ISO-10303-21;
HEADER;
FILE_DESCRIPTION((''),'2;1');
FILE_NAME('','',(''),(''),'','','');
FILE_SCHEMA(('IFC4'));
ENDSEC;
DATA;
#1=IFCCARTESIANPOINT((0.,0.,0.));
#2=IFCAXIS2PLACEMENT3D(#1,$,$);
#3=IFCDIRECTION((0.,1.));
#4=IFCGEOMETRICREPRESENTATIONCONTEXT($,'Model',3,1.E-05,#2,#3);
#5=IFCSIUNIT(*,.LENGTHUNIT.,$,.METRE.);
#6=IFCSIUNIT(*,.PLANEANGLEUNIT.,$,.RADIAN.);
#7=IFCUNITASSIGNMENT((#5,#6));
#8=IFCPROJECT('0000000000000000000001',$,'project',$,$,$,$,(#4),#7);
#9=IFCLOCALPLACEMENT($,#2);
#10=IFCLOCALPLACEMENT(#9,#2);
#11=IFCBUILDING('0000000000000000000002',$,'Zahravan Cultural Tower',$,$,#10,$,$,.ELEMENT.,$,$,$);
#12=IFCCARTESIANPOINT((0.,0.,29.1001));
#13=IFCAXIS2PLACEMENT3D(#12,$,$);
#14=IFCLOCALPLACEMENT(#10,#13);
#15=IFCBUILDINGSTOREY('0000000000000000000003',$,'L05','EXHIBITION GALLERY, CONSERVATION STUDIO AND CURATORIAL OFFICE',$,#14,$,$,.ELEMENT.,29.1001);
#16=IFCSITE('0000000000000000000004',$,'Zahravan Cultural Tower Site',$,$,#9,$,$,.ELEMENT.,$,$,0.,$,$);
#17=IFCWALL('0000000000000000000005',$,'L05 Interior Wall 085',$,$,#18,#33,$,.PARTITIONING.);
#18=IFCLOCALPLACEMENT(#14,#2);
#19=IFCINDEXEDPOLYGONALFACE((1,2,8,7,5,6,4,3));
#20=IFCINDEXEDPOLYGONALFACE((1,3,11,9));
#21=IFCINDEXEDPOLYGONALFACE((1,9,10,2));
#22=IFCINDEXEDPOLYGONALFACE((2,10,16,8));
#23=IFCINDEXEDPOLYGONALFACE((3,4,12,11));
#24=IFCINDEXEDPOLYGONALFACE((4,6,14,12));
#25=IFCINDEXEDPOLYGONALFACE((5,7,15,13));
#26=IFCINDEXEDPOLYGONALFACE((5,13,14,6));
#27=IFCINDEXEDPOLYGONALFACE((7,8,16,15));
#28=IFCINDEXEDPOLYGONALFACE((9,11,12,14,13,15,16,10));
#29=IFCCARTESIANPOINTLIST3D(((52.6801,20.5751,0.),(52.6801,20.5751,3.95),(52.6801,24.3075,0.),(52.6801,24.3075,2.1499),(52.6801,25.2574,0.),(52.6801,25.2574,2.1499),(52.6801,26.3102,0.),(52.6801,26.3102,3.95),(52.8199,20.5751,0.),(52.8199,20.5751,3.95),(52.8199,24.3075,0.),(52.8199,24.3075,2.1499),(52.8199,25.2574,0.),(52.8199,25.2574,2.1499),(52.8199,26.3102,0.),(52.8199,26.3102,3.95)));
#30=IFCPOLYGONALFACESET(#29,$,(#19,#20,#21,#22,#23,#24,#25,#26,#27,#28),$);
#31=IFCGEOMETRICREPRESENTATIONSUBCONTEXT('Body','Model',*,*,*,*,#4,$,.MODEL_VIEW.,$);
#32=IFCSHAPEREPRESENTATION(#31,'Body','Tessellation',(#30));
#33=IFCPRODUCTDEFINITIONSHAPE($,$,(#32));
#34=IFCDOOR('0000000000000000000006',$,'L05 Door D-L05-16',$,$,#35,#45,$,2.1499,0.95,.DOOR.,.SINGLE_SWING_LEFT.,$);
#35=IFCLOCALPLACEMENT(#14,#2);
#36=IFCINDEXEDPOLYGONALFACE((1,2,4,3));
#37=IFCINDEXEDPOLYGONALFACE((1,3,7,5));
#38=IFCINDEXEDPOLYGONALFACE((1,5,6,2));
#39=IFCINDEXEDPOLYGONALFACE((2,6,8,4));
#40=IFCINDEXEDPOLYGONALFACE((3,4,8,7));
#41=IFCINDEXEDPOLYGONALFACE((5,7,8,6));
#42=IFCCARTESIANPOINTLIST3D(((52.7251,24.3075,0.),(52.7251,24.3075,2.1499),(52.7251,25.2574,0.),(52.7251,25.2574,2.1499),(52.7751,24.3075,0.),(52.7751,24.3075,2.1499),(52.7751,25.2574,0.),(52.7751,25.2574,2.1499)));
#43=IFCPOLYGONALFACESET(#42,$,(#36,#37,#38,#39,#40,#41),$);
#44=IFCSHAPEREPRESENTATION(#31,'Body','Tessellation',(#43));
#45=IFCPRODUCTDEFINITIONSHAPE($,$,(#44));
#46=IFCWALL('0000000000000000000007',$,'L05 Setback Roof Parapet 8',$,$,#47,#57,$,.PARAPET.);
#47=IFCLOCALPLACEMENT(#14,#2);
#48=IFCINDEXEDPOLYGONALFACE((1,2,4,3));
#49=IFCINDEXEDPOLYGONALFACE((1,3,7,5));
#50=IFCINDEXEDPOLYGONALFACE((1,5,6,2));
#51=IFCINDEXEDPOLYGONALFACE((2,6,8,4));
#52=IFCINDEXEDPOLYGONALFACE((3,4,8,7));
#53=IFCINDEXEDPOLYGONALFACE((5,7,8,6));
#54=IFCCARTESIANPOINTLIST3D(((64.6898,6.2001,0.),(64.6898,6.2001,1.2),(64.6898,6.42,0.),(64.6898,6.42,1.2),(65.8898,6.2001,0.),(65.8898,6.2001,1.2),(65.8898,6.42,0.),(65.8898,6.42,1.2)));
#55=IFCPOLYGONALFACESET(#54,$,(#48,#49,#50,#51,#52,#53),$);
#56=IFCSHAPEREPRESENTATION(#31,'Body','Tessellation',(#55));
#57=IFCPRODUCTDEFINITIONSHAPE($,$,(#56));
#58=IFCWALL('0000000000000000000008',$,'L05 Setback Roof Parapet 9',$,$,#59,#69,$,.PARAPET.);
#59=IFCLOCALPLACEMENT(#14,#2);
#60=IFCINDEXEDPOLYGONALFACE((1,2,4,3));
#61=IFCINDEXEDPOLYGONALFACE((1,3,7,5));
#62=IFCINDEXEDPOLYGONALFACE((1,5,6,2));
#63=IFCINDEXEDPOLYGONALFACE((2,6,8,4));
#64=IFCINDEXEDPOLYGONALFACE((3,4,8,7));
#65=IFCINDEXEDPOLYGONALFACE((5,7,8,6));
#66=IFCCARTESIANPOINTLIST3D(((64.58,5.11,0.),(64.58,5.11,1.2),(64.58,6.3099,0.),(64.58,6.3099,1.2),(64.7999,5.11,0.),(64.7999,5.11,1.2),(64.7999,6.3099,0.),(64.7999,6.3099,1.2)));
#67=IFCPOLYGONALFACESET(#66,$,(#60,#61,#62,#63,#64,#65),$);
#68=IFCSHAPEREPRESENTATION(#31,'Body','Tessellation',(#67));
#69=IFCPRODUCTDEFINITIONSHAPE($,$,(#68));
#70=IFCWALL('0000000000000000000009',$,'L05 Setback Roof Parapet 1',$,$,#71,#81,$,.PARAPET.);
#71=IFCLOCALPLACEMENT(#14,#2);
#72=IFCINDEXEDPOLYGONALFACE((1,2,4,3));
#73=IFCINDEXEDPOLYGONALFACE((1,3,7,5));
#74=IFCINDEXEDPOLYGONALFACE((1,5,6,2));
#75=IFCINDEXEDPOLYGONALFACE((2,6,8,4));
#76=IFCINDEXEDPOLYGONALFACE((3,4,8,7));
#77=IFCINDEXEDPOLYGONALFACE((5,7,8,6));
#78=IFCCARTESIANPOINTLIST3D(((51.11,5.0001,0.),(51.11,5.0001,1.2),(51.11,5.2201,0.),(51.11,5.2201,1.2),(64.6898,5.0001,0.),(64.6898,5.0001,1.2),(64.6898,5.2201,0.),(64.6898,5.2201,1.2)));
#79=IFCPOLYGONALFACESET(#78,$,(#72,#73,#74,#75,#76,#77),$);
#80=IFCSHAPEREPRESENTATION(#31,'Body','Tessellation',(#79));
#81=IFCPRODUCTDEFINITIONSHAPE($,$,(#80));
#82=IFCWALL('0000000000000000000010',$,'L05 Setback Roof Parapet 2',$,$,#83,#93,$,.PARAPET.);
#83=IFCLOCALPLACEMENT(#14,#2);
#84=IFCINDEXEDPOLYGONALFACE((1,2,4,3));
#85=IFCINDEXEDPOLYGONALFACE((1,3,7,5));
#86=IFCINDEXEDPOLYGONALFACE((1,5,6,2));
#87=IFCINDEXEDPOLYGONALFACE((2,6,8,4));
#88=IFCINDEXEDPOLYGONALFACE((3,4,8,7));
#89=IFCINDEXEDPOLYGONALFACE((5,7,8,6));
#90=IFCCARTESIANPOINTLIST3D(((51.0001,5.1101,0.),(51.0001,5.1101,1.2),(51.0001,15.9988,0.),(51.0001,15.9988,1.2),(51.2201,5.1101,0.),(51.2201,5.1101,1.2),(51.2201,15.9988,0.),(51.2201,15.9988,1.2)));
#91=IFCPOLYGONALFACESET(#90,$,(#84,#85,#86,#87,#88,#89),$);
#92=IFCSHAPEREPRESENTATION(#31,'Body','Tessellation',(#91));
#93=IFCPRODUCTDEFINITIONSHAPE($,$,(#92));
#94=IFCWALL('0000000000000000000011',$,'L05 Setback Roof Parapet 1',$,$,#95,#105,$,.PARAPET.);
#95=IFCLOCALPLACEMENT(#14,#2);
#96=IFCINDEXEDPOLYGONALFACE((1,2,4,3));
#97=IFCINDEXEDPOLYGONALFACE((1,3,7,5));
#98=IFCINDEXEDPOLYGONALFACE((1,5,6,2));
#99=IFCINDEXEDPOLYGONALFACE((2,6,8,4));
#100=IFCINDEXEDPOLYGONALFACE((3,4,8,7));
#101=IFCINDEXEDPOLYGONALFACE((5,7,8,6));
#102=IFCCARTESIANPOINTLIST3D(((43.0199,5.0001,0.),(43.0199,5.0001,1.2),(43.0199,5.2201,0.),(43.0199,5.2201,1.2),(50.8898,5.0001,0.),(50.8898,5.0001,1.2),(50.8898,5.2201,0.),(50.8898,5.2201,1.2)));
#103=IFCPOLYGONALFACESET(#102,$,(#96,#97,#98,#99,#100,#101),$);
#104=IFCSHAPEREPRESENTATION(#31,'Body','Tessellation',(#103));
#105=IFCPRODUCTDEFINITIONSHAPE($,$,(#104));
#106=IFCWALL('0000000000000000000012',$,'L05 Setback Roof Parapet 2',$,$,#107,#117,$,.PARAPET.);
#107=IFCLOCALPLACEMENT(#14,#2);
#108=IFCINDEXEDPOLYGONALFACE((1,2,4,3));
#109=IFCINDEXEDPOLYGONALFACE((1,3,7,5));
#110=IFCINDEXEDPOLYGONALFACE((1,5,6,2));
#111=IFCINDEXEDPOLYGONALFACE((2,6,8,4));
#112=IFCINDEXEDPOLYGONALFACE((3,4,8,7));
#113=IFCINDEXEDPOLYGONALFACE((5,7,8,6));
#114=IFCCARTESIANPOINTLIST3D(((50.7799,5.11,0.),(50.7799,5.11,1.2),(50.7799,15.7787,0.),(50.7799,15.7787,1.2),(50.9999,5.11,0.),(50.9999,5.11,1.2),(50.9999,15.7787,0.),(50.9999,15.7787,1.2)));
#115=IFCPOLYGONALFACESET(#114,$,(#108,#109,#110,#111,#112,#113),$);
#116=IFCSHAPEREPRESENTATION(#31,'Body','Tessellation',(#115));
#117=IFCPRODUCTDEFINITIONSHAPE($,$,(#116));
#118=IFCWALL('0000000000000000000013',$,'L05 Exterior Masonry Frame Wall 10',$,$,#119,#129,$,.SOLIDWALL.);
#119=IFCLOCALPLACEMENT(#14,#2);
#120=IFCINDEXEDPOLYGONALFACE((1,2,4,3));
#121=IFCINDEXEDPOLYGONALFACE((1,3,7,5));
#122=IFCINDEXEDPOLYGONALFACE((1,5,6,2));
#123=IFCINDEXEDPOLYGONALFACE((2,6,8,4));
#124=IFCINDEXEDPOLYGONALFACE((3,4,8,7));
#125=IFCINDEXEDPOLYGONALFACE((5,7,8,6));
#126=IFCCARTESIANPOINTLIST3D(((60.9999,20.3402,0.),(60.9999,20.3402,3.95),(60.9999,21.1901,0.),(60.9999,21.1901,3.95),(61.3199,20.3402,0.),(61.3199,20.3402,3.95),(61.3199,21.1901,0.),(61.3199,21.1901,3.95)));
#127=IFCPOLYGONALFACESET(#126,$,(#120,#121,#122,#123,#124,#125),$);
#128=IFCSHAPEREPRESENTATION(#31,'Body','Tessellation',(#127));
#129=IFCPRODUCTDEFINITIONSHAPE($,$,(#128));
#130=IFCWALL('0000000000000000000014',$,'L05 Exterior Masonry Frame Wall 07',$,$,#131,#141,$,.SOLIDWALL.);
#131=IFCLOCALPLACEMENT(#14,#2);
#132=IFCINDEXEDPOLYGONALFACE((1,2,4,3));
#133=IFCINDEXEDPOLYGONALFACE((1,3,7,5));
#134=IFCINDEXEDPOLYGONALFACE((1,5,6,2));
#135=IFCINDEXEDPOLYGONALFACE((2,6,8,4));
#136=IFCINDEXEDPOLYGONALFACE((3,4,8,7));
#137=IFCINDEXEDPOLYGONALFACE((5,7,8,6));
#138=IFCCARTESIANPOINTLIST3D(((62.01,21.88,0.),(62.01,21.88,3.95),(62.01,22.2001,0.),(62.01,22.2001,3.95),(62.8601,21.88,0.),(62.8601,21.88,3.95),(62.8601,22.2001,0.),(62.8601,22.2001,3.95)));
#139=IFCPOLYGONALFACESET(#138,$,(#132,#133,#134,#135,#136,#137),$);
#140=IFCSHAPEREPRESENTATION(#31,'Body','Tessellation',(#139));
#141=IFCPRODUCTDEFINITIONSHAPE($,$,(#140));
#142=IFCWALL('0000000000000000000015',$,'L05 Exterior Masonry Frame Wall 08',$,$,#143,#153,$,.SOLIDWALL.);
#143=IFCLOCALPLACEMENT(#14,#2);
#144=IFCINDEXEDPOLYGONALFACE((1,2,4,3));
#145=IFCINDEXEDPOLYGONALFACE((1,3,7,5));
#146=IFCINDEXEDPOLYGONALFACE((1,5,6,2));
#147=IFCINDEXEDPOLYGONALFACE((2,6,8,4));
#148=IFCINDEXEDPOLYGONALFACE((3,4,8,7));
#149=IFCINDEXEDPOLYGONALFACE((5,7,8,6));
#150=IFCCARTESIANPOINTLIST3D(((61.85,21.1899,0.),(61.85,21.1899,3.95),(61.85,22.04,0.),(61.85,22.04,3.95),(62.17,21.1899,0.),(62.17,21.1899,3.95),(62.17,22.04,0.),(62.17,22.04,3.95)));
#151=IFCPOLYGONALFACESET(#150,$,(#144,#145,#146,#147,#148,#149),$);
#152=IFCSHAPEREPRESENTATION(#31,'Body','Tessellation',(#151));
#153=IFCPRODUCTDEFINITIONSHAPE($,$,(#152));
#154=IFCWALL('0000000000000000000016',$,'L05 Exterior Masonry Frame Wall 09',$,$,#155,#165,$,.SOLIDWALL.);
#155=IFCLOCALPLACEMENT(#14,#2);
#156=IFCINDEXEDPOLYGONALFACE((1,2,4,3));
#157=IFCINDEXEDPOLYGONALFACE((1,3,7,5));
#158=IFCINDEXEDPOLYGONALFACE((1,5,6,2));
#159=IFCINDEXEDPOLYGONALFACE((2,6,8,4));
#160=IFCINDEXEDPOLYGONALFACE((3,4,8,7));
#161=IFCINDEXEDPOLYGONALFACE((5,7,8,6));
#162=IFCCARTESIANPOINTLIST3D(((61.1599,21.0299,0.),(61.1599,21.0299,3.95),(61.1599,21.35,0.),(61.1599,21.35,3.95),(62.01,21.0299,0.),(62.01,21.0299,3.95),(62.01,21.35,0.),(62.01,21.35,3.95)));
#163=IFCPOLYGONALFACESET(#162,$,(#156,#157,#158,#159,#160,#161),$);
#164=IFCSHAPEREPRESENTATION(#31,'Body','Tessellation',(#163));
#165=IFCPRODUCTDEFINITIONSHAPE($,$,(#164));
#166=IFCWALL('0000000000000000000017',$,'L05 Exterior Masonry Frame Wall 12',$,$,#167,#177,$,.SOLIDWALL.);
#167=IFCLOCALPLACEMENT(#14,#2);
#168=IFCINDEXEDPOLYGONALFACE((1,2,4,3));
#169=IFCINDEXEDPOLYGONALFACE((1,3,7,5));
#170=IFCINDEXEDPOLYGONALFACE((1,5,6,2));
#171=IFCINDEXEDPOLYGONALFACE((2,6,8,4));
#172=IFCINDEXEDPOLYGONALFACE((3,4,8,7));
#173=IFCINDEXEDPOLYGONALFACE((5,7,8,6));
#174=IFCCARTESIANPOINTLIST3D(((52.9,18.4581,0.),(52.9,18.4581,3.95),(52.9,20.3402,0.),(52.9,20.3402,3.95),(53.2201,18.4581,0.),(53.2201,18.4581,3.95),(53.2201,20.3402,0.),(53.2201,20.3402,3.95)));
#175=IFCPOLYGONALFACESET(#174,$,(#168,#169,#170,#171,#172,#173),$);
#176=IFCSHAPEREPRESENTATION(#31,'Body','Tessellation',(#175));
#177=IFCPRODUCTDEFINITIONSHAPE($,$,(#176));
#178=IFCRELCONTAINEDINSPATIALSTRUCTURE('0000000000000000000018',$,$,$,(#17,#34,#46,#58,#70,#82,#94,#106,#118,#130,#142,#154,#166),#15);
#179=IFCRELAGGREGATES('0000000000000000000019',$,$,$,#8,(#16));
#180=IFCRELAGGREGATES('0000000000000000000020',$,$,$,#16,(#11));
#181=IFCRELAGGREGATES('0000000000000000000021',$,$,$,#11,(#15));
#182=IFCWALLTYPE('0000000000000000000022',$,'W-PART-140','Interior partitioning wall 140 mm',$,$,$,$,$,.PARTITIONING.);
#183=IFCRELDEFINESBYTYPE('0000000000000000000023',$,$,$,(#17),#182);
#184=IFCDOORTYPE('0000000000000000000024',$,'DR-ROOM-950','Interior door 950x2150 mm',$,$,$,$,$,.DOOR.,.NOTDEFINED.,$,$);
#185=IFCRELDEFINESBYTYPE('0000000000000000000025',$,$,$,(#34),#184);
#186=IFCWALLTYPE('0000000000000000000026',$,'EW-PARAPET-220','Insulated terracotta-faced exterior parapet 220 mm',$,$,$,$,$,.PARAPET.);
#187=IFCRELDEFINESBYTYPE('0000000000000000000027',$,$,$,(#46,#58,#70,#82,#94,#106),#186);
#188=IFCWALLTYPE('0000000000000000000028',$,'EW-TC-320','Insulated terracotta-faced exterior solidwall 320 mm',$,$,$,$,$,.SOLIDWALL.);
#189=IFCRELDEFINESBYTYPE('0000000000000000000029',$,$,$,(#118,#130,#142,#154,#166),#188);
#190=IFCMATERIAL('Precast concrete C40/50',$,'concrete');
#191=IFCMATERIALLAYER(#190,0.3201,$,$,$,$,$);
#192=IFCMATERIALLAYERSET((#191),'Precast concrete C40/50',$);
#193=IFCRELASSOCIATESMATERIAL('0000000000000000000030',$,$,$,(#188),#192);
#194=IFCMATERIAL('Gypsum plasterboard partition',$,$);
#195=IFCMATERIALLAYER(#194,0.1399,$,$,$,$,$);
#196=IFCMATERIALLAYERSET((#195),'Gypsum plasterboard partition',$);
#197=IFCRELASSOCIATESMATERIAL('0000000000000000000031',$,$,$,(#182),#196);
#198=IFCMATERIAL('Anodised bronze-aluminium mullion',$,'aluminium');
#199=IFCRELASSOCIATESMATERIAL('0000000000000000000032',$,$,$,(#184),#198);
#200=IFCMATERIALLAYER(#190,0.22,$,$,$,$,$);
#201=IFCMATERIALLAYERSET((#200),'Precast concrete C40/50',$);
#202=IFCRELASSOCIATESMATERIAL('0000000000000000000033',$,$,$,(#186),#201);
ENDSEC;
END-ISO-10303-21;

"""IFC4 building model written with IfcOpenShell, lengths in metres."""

from ifc_helpers import new_model, si_unit, direction, frame, frame_2d, origin, place, context, subcontext, project, spatial, rectangle, extrude, source, transform, mapped, material, layer, layer_set, type_object, element, fill, save


model = new_model("IFC4")

# Units and contexts
model_context = context("Model", 3, precision=1e-05, world=origin(), true_north=direction((0.0, 1.0)))
body_context = subcontext(model_context, "Body", "Model", "MODEL_VIEW")
ifc_project = project(units=[si_unit("LENGTHUNIT", "METRE"), si_unit("PLANEANGLEUNIT", "RADIAN")], contexts=[model_context])

# Site, building, storey
site_placement = place(None, origin())
site = spatial("IfcSite", under=ifc_project, at=site_placement, Name="Zahravan Cultural Tower Site", CompositionType="ELEMENT", RefElevation=0.0)
building_placement = place(site_placement, origin())
building = spatial("IfcBuilding", under=site, at=building_placement, Name="Zahravan Cultural Tower", CompositionType="ELEMENT")
storey_placement = place(building_placement, frame((0.0, 0.0, 29.1001)))
storey = spatial("IfcBuildingStorey", under=building, at=storey_placement, Name="L05", Description="EXHIBITION GALLERY, CONSERVATION STUDIO AND CURATORIAL OFFICE", CompositionType="ELEMENT", Elevation=29.1001)

# Shared definitions
ifc_material_1 = material(Name="Precast concrete C40/50", Category="concrete")
ifc_layer_1 = layer(ifc_material_1, 0.3201)
ifc_layer_set_1 = layer_set([ifc_layer_1], Name="Precast concrete C40/50")
wall_type_1 = type_object("IfcWallType", Name="EW-TC-320", Description="Insulated terracotta-faced exterior solidwall 320 mm", PredefinedType="SOLIDWALL", material=ifc_layer_set_1)

# Wall, opening, door
ifc_material_2 = material(Name="Gypsum plasterboard partition")
ifc_layer_2 = layer(ifc_material_2, 0.1399)
ifc_layer_set_2 = layer_set([ifc_layer_2], Name="Gypsum plasterboard partition")
wall_type_2 = type_object("IfcWallType", Name="W-PART-140", Description="Interior partitioning wall 140 mm", PredefinedType="PARTITIONING", material=ifc_layer_set_2)
wall_1_placement = place(storey_placement, frame((52.75, 20.575, 0.0), z_axis=(0.0, 0.0, 1.0), x_axis=(0.0, 1.0, 0.0)))
wall_1 = element("IfcWall", 1, at=wall_1_placement, inside=storey, type_object=wall_type_2, Name="L05 Interior Wall 085", PredefinedType="PARTITIONING", context=body_context, shape_type="SweptSolid", body=[
    extrude(rectangle(XDim=5.7351, YDim=0.1399, at=frame_2d((2.8677, 0.0))), origin(), (0.0, 0.0, 1.0), 3.95),
])
opening_1_placement = place(wall_1_placement, frame((3.7324, 0.0, 0.0)))
opening_1 = element("IfcOpeningElement", 2, at=opening_1_placement, cuts=wall_1, PredefinedType="OPENING", context=body_context, shape_type="SweptSolid", body=[
    extrude(rectangle(XDim=0.95, YDim=2.1499, at=frame_2d((0.4751, 1.075))), frame((0.0, 0.0798, 0.0), z_axis=(0.0, -1.0, 0.0), x_axis=(1.0, 0.0, 0.0)), (0.0, 0.0, 1.0), 0.1599),
])
ifc_material_3 = material(Name="Anodised bronze-aluminium mullion", Category="aluminium")
door_type = type_object("IfcDoorType", Name="DR-ROOM-950", Description="Interior door 950x2150 mm", OperationType="NOTDEFINED", PredefinedType="DOOR", material=ifc_material_3)
shared_shape_1 = source(origin(), body_context, "Body", "SweptSolid", [
    extrude(rectangle(XDim=0.95, YDim=2.1499, at=frame_2d((0.4751, 1.075))), frame((0.0, 0.0249, 0.0), z_axis=(0.0, -1.0, 0.0), x_axis=(1.0, 0.0, 0.0)), (0.0, 0.0, 1.0), 0.05),
])
door_placement = place(opening_1_placement, origin())
door = element("IfcDoor", 3, at=door_placement, inside=storey, type_object=door_type, Name="L05 Door D-L05-16", OperationType="SINGLE_SWING_LEFT", OverallHeight=2.1499, OverallWidth=0.95, PredefinedType="DOOR", context=body_context, shape_type="MappedRepresentation", body=[
    mapped(shared_shape_1, transform((0.0, 0.0, 0.0), x_axis=(1.0, 0.0, 0.0), y_axis=(0.0, 1.0, 0.0), z_axis=(0.0, 0.0, 1.0), scale=1.0)),
])
fill(opening_1, door)

# Walls
ifc_layer_3 = layer(ifc_material_1, 0.22)
ifc_layer_set_3 = layer_set([ifc_layer_3], Name="Precast concrete C40/50")
wall_type_3 = type_object("IfcWallType", Name="EW-PARAPET-220", Description="Insulated terracotta-faced exterior parapet 220 mm", PredefinedType="PARAPET", material=ifc_layer_set_3)
shared_shape_2 = source(origin(), body_context, "Body", "SweptSolid", [
    extrude(rectangle(XDim=1.2, YDim=0.22, at=frame_2d((0.6001, 0.0))), origin(), (0.0, 0.0, 1.0), 1.2),
])
for number, where, z_axis, x_axis, name in (
    (4, (65.8899, 6.3101, 0.0), (0.0, 0.0, 1.0), (-1.0, 0.0, 0.0), "L05 Setback Roof Parapet 8"),
    (5, (64.6899, 6.3101, 0.0), (0.0, 0.0, 1.0), (0.0, -1.0, 0.0), "L05 Setback Roof Parapet 9"),
):
    element("IfcWall", number, at=place(storey_placement, frame(where, z_axis=z_axis, x_axis=x_axis)), inside=storey, type_object=wall_type_3, Name=name, PredefinedType="PARAPET", context=body_context, shape_type="MappedRepresentation", body=[
        mapped(shared_shape_2, transform((0.0, 0.0, 0.0), x_axis=(1.0, 0.0, 0.0), y_axis=(0.0, 1.0, 0.0), z_axis=(0.0, 0.0, 1.0), scale=1.0)),
    ])
shared_shape_3 = source(origin(), body_context, "Body", "SweptSolid", [
    extrude(rectangle(XDim=13.5798, YDim=0.22, at=frame_2d((6.79, 0.0))), origin(), (0.0, 0.0, 1.0), 1.2),
])
wall_2_placement = place(storey_placement, frame((64.6899, 5.1101, 0.0), z_axis=(0.0, 0.0, 1.0), x_axis=(-1.0, 0.0, 0.0)))
element("IfcWall", 6, at=wall_2_placement, inside=storey, type_object=wall_type_3, Name="L05 Setback Roof Parapet 1", PredefinedType="PARAPET", context=body_context, shape_type="MappedRepresentation", body=[
    mapped(shared_shape_3, transform((0.0, 0.0, 0.0), x_axis=(1.0, 0.0, 0.0), y_axis=(0.0, 1.0, 0.0), z_axis=(0.0, 0.0, 1.0), scale=1.0)),
])
shared_shape_4 = source(origin(), body_context, "Body", "SweptSolid", [
    extrude(rectangle(XDim=10.8887, YDim=0.22, at=frame_2d((5.4443, 0.0))), origin(), (0.0, 0.0, 1.0), 1.2),
])
wall_3_placement = place(storey_placement, frame((51.1101, 5.1101, 0.0), z_axis=(0.0, 0.0, 1.0), x_axis=(0.0, 1.0, 0.0)))
element("IfcWall", 7, at=wall_3_placement, inside=storey, type_object=wall_type_3, Name="L05 Setback Roof Parapet 2", PredefinedType="PARAPET", context=body_context, shape_type="MappedRepresentation", body=[
    mapped(shared_shape_4, transform((0.0, 0.0, 0.0), x_axis=(1.0, 0.0, 0.0), y_axis=(0.0, 1.0, 0.0), z_axis=(0.0, 0.0, 1.0), scale=1.0)),
])
shared_shape_5 = source(origin(), body_context, "Body", "SweptSolid", [
    extrude(rectangle(XDim=7.8699, YDim=0.22, at=frame_2d((3.9351, 0.0))), origin(), (0.0, 0.0, 1.0), 1.2),
])
wall_4_placement = place(storey_placement, frame((50.8899, 5.1101, 0.0), z_axis=(0.0, 0.0, 1.0), x_axis=(-1.0, 0.0, 0.0)))
element("IfcWall", 8, at=wall_4_placement, inside=storey, type_object=wall_type_3, Name="L05 Setback Roof Parapet 1", PredefinedType="PARAPET", context=body_context, shape_type="MappedRepresentation", body=[
    mapped(shared_shape_5, transform((0.0, 0.0, 0.0), x_axis=(1.0, 0.0, 0.0), y_axis=(0.0, 1.0, 0.0), z_axis=(0.0, 0.0, 1.0), scale=1.0)),
])
shared_shape_6 = source(origin(), body_context, "Body", "SweptSolid", [
    extrude(rectangle(XDim=10.6687, YDim=0.22, at=frame_2d((5.3345, 0.0))), origin(), (0.0, 0.0, 1.0), 1.2),
])
wall_5_placement = place(storey_placement, frame((50.8899, 15.7788, 0.0), z_axis=(0.0, 0.0, 1.0), x_axis=(0.0, -1.0, 0.0)))
element("IfcWall", 9, at=wall_5_placement, inside=storey, type_object=wall_type_3, Name="L05 Setback Roof Parapet 2", PredefinedType="PARAPET", context=body_context, shape_type="MappedRepresentation", body=[
    mapped(shared_shape_6, transform((0.0, 0.0, 0.0), x_axis=(1.0, 0.0, 0.0), y_axis=(0.0, 1.0, 0.0), z_axis=(0.0, 0.0, 1.0), scale=1.0)),
])
shared_shape_7 = source(origin(), body_context, "Body", "SweptSolid", [
    extrude(rectangle(XDim=0.8499, YDim=0.3201, at=frame_2d((0.4248, 0.0))), origin(), (0.0, 0.0, 1.0), 3.95),
])
wall_6_placement = place(storey_placement, frame((61.1599, 21.1899, 0.0), z_axis=(0.0, 0.0, 1.0), x_axis=(0.0, -1.0, 0.0)))
element("IfcWall", 10, at=wall_6_placement, inside=storey, type_object=wall_type_1, Name="L05 Exterior Masonry Frame Wall 10", PredefinedType="SOLIDWALL", context=body_context, shape_type="MappedRepresentation", body=[
    mapped(shared_shape_7, transform((0.0, 0.0, 0.0), x_axis=(1.0, 0.0, 0.0), y_axis=(0.0, 1.0, 0.0), z_axis=(0.0, 0.0, 1.0), scale=1.0)),
])
shared_shape_8 = source(origin(), body_context, "Body", "SweptSolid", [
    extrude(rectangle(XDim=0.8501, YDim=0.3201, at=frame_2d((0.425, 0.0))), origin(), (0.0, 0.0, 1.0), 3.95),
])
for number, where, z_axis, x_axis, name in (
    (11, (62.8601, 22.04, 0.0), (0.0, 0.0, 1.0), (-1.0, 0.0, 0.0), "L05 Exterior Masonry Frame Wall 07"),
    (12, (62.01, 22.04, 0.0), (0.0, 0.0, 1.0), (0.0, -1.0, 0.0), "L05 Exterior Masonry Frame Wall 08"),
    (13, (62.01, 21.1899, 0.0), (0.0, 0.0, 1.0), (-1.0, 0.0, 0.0), "L05 Exterior Masonry Frame Wall 09"),
):
    element("IfcWall", number, at=place(storey_placement, frame(where, z_axis=z_axis, x_axis=x_axis)), inside=storey, type_object=wall_type_1, Name=name, PredefinedType="SOLIDWALL", context=body_context, shape_type="MappedRepresentation", body=[
        mapped(shared_shape_8, transform((0.0, 0.0, 0.0), x_axis=(1.0, 0.0, 0.0), y_axis=(0.0, 1.0, 0.0), z_axis=(0.0, 0.0, 1.0), scale=1.0)),
    ])
shared_shape_9 = source(origin(), body_context, "Body", "SweptSolid", [
    extrude(rectangle(XDim=1.8821, YDim=0.3201, at=frame_2d((0.9409, 0.0))), origin(), (0.0, 0.0, 1.0), 3.95),
])
wall_7_placement = place(storey_placement, frame((53.0601, 20.3401, 0.0), z_axis=(0.0, 0.0, 1.0), x_axis=(0.0, -1.0, 0.0)))
element("IfcWall", 14, at=wall_7_placement, inside=storey, type_object=wall_type_1, Name="L05 Exterior Masonry Frame Wall 12", PredefinedType="SOLIDWALL", context=body_context, shape_type="MappedRepresentation", body=[
    mapped(shared_shape_9, transform((0.0, 0.0, 0.0), x_axis=(1.0, 0.0, 0.0), y_axis=(0.0, 1.0, 0.0), z_axis=(0.0, 0.0, 1.0), scale=1.0)),
])

save(model, "model.ifc")
